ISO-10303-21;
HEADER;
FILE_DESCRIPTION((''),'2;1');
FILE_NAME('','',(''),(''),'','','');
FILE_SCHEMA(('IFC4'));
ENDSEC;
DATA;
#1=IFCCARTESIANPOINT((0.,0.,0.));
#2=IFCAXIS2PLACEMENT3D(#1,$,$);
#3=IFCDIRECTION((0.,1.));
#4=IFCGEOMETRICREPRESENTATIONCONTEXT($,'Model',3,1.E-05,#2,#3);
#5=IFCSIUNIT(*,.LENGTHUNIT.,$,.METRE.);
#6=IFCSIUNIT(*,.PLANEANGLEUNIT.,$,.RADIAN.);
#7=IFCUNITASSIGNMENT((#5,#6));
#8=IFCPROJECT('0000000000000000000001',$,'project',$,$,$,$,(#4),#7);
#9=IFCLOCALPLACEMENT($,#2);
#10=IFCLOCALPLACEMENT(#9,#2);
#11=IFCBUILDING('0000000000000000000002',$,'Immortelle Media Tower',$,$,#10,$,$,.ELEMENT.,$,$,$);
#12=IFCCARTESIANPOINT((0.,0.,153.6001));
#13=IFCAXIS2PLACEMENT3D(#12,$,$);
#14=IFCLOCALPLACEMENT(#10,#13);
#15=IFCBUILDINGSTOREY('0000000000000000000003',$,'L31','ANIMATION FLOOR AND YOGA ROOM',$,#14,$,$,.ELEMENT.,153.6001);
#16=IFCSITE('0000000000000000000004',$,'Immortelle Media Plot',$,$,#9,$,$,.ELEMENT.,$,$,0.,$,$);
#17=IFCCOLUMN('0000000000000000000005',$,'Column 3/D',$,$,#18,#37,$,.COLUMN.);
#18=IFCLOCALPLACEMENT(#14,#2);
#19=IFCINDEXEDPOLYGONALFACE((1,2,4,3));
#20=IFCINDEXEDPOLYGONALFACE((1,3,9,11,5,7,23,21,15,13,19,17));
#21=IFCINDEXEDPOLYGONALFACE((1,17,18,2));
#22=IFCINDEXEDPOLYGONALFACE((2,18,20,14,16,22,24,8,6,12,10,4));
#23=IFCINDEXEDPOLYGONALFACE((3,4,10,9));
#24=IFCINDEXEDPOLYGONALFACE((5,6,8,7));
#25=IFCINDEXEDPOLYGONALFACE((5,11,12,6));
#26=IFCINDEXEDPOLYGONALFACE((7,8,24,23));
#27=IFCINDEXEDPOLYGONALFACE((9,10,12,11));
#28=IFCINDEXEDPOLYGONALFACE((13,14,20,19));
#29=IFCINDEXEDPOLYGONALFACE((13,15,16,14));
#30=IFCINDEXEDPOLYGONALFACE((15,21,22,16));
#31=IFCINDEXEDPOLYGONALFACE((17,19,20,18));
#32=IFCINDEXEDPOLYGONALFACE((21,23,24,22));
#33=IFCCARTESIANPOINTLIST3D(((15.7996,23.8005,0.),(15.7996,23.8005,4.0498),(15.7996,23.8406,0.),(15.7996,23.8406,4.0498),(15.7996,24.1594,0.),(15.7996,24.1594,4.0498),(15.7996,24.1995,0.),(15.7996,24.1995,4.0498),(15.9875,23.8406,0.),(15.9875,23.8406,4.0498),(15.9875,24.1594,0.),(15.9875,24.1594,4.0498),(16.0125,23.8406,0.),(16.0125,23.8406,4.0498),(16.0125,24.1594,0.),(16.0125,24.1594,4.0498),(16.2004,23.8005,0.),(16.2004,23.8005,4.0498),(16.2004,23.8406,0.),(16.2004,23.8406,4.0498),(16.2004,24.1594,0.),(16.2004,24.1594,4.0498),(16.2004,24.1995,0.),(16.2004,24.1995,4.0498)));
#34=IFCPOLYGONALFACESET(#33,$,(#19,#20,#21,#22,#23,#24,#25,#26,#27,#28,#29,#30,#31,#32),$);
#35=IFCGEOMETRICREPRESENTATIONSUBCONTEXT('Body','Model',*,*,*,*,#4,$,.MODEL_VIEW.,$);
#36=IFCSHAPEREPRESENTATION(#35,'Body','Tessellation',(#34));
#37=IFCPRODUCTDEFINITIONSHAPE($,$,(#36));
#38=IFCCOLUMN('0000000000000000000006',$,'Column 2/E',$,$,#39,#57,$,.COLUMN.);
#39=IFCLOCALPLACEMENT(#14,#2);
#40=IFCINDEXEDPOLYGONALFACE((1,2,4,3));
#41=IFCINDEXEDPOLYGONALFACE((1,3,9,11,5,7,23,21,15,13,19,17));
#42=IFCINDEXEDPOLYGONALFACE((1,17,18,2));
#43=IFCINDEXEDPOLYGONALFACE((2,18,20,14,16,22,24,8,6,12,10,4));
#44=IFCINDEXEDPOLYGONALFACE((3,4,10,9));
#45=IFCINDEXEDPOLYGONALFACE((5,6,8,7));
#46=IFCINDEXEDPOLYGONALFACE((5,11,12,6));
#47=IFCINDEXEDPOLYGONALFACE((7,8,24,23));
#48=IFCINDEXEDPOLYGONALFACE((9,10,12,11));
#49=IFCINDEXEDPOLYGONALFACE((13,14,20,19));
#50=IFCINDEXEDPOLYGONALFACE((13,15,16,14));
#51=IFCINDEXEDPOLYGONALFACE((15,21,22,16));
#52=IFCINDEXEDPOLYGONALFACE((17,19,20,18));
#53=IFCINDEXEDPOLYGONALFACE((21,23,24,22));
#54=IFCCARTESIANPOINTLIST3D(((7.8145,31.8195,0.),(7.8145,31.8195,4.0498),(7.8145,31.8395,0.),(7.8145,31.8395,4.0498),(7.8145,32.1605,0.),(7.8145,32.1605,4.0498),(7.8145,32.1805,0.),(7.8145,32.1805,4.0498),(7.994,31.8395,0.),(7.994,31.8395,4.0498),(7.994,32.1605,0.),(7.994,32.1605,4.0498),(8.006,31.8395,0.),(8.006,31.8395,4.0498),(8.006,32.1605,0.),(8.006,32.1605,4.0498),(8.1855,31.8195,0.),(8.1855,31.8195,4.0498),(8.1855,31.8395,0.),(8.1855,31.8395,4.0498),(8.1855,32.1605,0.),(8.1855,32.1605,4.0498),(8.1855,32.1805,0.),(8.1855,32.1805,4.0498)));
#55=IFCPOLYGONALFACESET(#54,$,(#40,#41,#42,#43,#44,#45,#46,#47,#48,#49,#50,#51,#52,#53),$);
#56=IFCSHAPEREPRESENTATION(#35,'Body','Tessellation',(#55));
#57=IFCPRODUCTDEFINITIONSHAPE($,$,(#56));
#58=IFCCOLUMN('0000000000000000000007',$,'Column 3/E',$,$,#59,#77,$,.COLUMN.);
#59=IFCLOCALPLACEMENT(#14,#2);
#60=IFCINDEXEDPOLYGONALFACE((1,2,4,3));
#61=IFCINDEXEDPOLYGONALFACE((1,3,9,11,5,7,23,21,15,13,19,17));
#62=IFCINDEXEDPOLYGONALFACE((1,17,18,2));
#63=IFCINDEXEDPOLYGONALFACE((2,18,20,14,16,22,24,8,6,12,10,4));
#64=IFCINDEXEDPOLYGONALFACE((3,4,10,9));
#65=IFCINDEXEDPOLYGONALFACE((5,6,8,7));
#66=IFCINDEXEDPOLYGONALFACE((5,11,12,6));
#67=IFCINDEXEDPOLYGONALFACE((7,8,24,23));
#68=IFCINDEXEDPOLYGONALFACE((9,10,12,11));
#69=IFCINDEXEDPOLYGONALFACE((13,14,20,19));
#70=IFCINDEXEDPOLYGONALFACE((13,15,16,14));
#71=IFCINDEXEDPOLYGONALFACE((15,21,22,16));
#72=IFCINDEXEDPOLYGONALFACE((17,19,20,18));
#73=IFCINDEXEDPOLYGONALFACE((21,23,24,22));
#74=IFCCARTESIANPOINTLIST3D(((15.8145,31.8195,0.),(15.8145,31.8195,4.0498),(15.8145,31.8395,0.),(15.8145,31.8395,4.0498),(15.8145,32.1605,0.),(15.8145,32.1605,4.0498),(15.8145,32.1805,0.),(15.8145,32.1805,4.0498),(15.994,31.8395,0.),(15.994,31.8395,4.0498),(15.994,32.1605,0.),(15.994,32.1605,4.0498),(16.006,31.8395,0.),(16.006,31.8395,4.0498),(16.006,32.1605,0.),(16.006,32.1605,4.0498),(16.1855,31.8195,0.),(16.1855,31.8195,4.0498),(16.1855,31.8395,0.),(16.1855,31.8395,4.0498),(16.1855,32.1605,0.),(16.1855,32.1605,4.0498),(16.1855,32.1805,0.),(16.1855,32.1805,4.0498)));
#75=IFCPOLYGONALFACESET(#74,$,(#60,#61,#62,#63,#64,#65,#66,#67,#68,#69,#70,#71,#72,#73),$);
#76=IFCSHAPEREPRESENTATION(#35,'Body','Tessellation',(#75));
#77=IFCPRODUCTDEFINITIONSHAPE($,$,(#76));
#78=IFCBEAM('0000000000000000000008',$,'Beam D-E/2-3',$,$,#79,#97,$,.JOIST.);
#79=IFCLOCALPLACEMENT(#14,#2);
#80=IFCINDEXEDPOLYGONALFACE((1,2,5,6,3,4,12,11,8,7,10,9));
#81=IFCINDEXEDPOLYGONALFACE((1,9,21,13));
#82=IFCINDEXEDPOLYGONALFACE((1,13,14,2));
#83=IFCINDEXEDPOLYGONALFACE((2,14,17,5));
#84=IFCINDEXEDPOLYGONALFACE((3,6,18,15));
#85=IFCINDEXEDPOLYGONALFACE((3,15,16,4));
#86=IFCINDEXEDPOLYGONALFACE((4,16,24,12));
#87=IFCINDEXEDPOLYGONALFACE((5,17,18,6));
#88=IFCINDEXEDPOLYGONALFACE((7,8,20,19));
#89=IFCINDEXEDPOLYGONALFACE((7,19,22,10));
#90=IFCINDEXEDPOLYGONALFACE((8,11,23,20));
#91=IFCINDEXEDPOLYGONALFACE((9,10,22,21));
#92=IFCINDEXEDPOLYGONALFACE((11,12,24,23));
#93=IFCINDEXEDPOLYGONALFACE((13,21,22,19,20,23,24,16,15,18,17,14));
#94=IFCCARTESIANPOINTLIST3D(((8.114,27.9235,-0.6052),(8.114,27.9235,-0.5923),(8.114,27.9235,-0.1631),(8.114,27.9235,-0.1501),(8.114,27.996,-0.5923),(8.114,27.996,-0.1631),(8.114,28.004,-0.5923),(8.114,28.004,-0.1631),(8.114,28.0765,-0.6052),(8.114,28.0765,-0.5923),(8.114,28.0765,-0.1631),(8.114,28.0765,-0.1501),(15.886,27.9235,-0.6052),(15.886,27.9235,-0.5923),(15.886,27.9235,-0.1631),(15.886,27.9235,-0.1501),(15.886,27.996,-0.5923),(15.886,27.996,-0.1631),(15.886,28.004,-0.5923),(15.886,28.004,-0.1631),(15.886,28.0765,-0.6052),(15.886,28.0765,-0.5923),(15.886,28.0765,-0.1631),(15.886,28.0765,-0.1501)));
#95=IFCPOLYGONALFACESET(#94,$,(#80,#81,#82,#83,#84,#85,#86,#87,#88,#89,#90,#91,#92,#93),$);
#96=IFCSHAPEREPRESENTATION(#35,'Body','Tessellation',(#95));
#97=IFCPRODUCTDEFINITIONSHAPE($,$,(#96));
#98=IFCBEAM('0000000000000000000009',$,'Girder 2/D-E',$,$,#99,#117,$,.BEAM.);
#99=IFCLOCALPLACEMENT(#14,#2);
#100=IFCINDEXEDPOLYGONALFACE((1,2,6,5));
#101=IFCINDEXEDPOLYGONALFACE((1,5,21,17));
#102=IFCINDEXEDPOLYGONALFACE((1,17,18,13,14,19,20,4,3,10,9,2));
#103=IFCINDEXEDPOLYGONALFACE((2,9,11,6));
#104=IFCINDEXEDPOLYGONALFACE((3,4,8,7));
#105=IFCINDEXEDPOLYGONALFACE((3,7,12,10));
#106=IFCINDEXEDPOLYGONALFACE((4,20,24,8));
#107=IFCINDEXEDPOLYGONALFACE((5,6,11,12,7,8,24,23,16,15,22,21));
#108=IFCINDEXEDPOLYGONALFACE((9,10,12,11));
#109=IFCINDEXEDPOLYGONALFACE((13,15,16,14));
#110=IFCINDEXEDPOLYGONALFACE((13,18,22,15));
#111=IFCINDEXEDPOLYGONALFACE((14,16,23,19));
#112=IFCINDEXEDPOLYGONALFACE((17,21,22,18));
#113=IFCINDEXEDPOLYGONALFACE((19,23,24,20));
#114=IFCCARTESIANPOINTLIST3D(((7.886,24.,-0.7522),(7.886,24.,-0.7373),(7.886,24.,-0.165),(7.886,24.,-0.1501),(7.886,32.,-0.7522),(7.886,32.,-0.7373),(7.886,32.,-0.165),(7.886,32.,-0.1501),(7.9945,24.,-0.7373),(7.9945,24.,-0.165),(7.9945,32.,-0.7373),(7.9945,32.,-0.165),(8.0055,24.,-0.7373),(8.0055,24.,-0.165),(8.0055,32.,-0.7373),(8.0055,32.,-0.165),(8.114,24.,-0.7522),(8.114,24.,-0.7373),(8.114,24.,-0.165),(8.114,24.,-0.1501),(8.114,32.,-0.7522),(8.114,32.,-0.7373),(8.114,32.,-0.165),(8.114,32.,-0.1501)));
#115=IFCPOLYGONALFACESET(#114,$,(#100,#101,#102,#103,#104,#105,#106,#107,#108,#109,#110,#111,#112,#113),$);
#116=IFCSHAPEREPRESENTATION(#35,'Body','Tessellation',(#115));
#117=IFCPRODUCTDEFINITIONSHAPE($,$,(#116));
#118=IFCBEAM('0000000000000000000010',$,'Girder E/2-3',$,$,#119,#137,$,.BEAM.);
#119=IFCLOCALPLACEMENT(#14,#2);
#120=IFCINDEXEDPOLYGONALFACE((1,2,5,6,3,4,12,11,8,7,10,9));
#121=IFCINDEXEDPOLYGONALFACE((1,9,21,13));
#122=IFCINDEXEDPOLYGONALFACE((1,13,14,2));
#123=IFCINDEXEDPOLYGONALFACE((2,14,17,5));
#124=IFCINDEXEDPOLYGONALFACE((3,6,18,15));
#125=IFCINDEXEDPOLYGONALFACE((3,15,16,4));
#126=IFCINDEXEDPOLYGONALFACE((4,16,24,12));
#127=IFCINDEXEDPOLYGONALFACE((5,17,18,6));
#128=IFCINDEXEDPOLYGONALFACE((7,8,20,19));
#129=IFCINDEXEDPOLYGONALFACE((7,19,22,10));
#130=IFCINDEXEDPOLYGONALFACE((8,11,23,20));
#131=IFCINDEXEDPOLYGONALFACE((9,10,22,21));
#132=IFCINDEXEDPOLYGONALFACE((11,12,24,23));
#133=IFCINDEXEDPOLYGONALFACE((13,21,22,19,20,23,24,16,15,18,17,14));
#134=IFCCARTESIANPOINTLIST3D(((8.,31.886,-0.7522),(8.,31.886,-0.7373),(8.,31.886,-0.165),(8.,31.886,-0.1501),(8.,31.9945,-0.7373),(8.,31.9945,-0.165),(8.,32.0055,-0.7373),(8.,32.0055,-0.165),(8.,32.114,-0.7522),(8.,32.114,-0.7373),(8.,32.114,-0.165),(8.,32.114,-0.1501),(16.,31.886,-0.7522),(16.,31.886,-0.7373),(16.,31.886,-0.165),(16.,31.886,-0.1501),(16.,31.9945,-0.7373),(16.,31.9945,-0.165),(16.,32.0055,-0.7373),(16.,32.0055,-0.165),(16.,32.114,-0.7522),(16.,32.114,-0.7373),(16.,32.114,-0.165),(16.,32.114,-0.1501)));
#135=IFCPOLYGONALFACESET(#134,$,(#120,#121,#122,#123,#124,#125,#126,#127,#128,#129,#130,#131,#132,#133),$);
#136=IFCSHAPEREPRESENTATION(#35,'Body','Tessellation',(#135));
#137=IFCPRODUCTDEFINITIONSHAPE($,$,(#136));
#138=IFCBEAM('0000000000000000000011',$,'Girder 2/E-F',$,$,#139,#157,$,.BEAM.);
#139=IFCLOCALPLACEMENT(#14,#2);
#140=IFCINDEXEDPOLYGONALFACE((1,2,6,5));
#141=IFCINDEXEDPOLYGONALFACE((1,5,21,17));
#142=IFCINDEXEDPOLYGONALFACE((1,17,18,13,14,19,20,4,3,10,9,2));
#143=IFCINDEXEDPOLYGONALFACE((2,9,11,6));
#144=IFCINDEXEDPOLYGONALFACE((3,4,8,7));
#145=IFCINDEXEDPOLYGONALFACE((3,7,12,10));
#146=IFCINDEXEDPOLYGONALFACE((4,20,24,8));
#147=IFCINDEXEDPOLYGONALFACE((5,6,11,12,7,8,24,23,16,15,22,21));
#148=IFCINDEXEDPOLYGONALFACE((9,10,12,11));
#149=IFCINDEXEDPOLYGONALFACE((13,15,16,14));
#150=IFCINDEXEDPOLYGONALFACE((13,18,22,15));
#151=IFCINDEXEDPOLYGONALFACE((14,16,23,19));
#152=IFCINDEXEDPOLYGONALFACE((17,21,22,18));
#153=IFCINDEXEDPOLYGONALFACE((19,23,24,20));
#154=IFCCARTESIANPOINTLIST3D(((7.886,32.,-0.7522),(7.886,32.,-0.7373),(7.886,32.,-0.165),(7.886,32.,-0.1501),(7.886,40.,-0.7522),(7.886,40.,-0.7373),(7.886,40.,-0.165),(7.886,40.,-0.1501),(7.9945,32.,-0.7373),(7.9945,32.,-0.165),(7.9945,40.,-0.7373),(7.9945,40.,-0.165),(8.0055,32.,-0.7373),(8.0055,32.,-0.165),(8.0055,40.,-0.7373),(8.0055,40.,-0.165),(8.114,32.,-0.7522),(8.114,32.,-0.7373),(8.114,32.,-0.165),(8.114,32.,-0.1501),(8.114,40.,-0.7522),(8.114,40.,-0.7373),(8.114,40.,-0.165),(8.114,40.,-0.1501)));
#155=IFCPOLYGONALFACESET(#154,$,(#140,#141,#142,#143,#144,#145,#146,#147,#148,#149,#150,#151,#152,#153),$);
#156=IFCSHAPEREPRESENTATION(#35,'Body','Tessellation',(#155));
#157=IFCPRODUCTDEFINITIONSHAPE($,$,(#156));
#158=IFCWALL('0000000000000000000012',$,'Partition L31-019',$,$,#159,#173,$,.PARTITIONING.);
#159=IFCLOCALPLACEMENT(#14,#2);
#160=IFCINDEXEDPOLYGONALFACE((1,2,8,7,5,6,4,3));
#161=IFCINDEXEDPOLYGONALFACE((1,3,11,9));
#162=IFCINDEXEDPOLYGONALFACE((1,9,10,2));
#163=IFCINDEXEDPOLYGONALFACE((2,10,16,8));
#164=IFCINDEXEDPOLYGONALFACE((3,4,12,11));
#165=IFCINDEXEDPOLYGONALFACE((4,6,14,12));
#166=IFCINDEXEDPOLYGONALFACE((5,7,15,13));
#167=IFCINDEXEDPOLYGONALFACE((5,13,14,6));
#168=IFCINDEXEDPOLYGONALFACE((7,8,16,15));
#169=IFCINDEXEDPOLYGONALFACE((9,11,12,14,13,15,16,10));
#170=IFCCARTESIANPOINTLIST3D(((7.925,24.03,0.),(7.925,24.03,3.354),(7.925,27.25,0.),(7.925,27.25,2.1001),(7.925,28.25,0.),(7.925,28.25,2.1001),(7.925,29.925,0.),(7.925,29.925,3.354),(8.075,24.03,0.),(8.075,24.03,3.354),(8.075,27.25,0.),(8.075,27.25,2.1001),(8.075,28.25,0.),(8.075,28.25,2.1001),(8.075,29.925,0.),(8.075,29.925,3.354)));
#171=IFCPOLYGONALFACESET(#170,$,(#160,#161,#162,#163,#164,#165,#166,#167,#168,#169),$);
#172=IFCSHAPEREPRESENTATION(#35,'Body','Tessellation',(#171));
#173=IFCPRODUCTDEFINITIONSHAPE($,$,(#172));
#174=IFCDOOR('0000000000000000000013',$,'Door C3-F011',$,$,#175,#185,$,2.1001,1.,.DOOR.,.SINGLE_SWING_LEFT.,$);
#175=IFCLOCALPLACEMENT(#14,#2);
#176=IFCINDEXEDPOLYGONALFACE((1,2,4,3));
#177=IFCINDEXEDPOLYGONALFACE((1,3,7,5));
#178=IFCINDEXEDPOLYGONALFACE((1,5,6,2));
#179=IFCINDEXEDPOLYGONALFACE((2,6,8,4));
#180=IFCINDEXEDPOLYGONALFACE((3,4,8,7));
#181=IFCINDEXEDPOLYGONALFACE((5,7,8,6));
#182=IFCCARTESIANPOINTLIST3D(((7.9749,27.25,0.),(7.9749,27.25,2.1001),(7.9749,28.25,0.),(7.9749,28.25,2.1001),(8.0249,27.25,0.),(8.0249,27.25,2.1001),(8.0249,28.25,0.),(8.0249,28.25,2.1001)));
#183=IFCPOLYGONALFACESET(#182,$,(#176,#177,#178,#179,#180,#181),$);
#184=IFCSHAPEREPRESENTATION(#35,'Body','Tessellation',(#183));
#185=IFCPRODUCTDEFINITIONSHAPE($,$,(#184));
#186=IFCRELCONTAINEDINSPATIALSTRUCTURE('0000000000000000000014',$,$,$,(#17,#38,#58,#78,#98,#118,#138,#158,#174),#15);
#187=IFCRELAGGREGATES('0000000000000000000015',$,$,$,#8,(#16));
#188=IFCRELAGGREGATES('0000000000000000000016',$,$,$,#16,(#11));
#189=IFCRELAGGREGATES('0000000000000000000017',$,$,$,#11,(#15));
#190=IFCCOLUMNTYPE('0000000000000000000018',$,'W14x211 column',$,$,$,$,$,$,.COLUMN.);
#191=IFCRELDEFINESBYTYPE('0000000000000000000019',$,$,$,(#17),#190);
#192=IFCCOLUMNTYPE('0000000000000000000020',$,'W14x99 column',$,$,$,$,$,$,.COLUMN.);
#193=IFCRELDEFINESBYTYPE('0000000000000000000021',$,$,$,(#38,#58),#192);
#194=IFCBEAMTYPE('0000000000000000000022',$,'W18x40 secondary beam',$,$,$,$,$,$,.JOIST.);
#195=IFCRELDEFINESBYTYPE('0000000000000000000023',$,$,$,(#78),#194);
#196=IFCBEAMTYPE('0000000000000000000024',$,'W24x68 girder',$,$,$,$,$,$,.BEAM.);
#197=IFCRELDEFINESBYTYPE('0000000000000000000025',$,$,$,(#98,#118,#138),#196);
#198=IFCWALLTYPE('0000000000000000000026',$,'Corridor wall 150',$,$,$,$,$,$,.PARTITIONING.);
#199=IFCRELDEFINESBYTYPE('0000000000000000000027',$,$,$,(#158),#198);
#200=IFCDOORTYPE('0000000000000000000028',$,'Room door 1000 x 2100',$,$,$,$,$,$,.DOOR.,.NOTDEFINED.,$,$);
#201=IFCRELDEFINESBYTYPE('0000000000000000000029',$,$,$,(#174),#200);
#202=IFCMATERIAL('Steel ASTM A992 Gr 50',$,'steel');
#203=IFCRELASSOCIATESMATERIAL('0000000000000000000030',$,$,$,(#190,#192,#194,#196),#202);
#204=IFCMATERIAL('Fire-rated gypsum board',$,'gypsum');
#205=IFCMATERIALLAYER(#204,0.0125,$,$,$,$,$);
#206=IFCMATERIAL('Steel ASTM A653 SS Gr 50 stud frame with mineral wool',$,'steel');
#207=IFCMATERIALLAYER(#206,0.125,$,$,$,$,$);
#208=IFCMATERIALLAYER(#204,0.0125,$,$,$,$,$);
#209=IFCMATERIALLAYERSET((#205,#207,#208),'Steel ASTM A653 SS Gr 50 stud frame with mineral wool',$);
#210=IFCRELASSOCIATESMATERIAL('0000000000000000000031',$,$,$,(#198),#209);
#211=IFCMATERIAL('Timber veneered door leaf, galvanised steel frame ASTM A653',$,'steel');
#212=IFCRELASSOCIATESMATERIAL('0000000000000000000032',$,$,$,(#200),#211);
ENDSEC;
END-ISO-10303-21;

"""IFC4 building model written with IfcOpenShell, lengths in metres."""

from ifc_helpers import new_model, si_unit, direction, frame, frame_2d, origin, origin_2d, place, context, subcontext, project, spatial, rectangle, i_section, extrude, material, layer, layer_set, material_profile, profile_set, type_object, element, fill, save


model = new_model("IFC4")

# Units and contexts
model_context = context("Model", 3, precision=1e-05, world=origin(), true_north=direction((0.0, 1.0)))
body_context = subcontext(model_context, "Body", "Model", "MODEL_VIEW")
ifc_project = project(units=[si_unit("LENGTHUNIT", "METRE"), si_unit("PLANEANGLEUNIT", "RADIAN")], contexts=[model_context])

# Site, building, storey
site_placement = place(None, origin())
site = spatial("IfcSite", under=ifc_project, at=site_placement, Name="Immortelle Media Plot", CompositionType="ELEMENT", RefElevation=0.0)
building_placement = place(site_placement, origin())
building = spatial("IfcBuilding", under=site, at=building_placement, Name="Immortelle Media Tower", CompositionType="ELEMENT")
storey_placement = place(building_placement, frame((0.0, 0.0, 153.6001)))
storey = spatial("IfcBuildingStorey", under=building, at=storey_placement, Name="L31", Description="ANIMATION FLOOR AND YOGA ROOM", CompositionType="ELEMENT", Elevation=153.6001)

# Columns
ifc_material_1 = material(Name="Steel ASTM A992 Gr 50", Category="steel")
ifc_material_profile_1 = material_profile(ifc_material_1, i_section(OverallWidth=0.4009, OverallDepth=0.3989, WebThickness=0.0249, FlangeThickness=0.04, at=origin_2d()), Name="W14x211")
ifc_profile_set_1 = profile_set([ifc_material_profile_1], Name="Steel ASTM A992 Gr 50")
column_type_1 = type_object("IfcColumnType", Name="W14x211 column", PredefinedType="COLUMN", material=ifc_profile_set_1)
column_placement = place(storey_placement, frame((16.0, 24.0, 0.0), z_axis=(0.0, 0.0, 1.0), x_axis=(1.0, 0.0, 0.0)))
element("IfcColumn", 1, at=column_placement, inside=storey, type_object=column_type_1, Name="Column 3/D", PredefinedType="COLUMN", context=body_context, shape_type="SweptSolid", body=[
    extrude(i_section(OverallWidth=0.4009, OverallDepth=0.3989, WebThickness=0.0249, FlangeThickness=0.04, at=origin_2d()), origin(), (0.0, 0.0, 1.0), 4.0498),
])
ifc_material_profile_2 = material_profile(ifc_material_1, i_section(OverallWidth=0.3711, OverallDepth=0.3611, WebThickness=0.012, FlangeThickness=0.02, at=origin_2d()), Name="W14x99")
ifc_profile_set_2 = profile_set([ifc_material_profile_2], Name="Steel ASTM A992 Gr 50")
column_type_2 = type_object("IfcColumnType", Name="W14x99 column", PredefinedType="COLUMN", material=ifc_profile_set_2)
for number, where, z_axis, x_axis, name in (
    (2, (8.0, 32.0, 0.0), (0.0, 0.0, 1.0), (1.0, 0.0, 0.0), "Column 2/E"),
    (3, (16.0, 32.0, 0.0), (0.0, 0.0, 1.0), (1.0, 0.0, 0.0), "Column 3/E"),
):
    element("IfcColumn", number, at=place(storey_placement, frame(where, z_axis=z_axis, x_axis=x_axis)), inside=storey, type_object=column_type_2, Name=name, PredefinedType="COLUMN", context=body_context, shape_type="SweptSolid", body=[
        extrude(i_section(OverallWidth=0.3711, OverallDepth=0.3611, WebThickness=0.012, FlangeThickness=0.02, at=origin_2d()), origin(), (0.0, 0.0, 1.0), 4.0498),
    ])

# Beams
ifc_material_profile_3 = material_profile(ifc_material_1, i_section(OverallWidth=0.1531, OverallDepth=0.4551, WebThickness=0.0081, FlangeThickness=0.0129, at=origin_2d()), Name="W18x40")
ifc_profile_set_3 = profile_set([ifc_material_profile_3], Name="Steel ASTM A992 Gr 50")
beam_type_1 = type_object("IfcBeamType", Name="W18x40 secondary beam", PredefinedType="JOIST", material=ifc_profile_set_3)
beam_placement = place(storey_placement, frame((8.114, 28.0, -0.3777), z_axis=(1.0, 0.0, 0.0), x_axis=(0.0, 1.0, 0.0)))
element("IfcBeam", 4, at=beam_placement, inside=storey, type_object=beam_type_1, Name="Beam D-E/2-3", PredefinedType="JOIST", context=body_context, shape_type="SweptSolid", body=[
    extrude(i_section(OverallWidth=0.1531, OverallDepth=0.4551, WebThickness=0.0081, FlangeThickness=0.0129, at=origin_2d()), origin(), (0.0, 0.0, 1.0), 7.772),
])
ifc_material_profile_4 = material_profile(ifc_material_1, i_section(OverallWidth=0.228, OverallDepth=0.6021, WebThickness=0.011, FlangeThickness=0.0149, at=origin_2d()), Name="W24x68")
ifc_profile_set_4 = profile_set([ifc_material_profile_4], Name="Steel ASTM A992 Gr 50")
beam_type_2 = type_object("IfcBeamType", Name="W24x68 girder", PredefinedType="BEAM", material=ifc_profile_set_4)
for number, where, z_axis, x_axis, name in (
    (5, (8.0, 24.0, -0.4512), (0.0, 1.0, 0.0), (-1.0, 0.0, 0.0), "Girder 2/D-E"),
    (6, (8.0, 32.0, -0.4512), (1.0, 0.0, 0.0), (0.0, 1.0, 0.0), "Girder E/2-3"),
    (7, (8.0, 32.0, -0.4512), (0.0, 1.0, 0.0), (-1.0, 0.0, 0.0), "Girder 2/E-F"),
):
    element("IfcBeam", number, at=place(storey_placement, frame(where, z_axis=z_axis, x_axis=x_axis)), inside=storey, type_object=beam_type_2, Name=name, PredefinedType="BEAM", context=body_context, shape_type="SweptSolid", body=[
        extrude(i_section(OverallWidth=0.228, OverallDepth=0.6021, WebThickness=0.011, FlangeThickness=0.0149, at=origin_2d()), origin(), (0.0, 0.0, 1.0), 8.0),
    ])

# Wall, opening, door
ifc_material_2 = material(Name="Fire-rated gypsum board", Category="gypsum")
ifc_layer_1 = layer(ifc_material_2, 0.0125)
ifc_material_3 = material(Name="Steel ASTM A653 SS Gr 50 stud frame with mineral wool", Category="steel")
ifc_layer_2 = layer(ifc_material_3, 0.125)
ifc_layer_3 = layer(ifc_material_2, 0.0125)
ifc_layer_set_1 = layer_set([ifc_layer_1, ifc_layer_2, ifc_layer_3], Name="Steel ASTM A653 SS Gr 50 stud frame with mineral wool")
wall_type_1 = type_object("IfcWallType", Name="Corridor wall 150", PredefinedType="PARTITIONING", material=ifc_layer_set_1)
wall_1_placement = place(storey_placement, frame((8.0, 24.03, 0.0), z_axis=(0.0, 0.0, 1.0), x_axis=(0.0, 1.0, 0.0)))
wall_1 = element("IfcWall", 8, at=wall_1_placement, inside=storey, type_object=wall_type_1, Name="Partition L31-019", PredefinedType="PARTITIONING", context=body_context, shape_type="SweptSolid", body=[
    extrude(rectangle(XDim=5.895, YDim=0.1499, at=frame_2d((2.9475, 0.0))), origin(), (0.0, 0.0, 1.0), 3.354),
])
opening_1_placement = place(wall_1_placement, frame((4.22, 0.0, 0.0), z_axis=(0.0, 0.0, 1.0), x_axis=(-1.0, 0.0, 0.0)))
opening_1 = element("IfcOpeningElement", 9, at=opening_1_placement, cuts=wall_1, PredefinedType="OPENING", context=body_context, shape_type="SweptSolid", body=[
    extrude(rectangle(XDim=1.0, YDim=2.1001, at=frame_2d((0.5, 1.05))), frame((0.0, 0.085, 0.0), z_axis=(0.0, -1.0, 0.0), x_axis=(1.0, 0.0, 0.0)), (0.0, 0.0, 1.0), 0.1699),
])
ifc_material_4 = material(Name="Timber veneered door leaf, galvanised steel frame ASTM A653", Category="steel")
door_type = type_object("IfcDoorType", Name="Room door 1000 x 2100", OperationType="NOTDEFINED", PredefinedType="DOOR", material=ifc_material_4)
door_1_placement = place(opening_1_placement, origin())
door_1 = element("IfcDoor", 10, at=door_1_placement, inside=storey, type_object=door_type, Name="Door C3-F011", OperationType="SINGLE_SWING_LEFT", OverallHeight=2.1001, OverallWidth=1.0, PredefinedType="DOOR", context=body_context, shape_type="SweptSolid", body=[
    extrude(rectangle(XDim=1.0, YDim=2.1001, at=frame_2d((0.5, 1.05))), frame((0.0, 0.0249, 0.0), z_axis=(0.0, -1.0, 0.0), x_axis=(1.0, 0.0, 0.0)), (0.0, 0.0, 1.0), 0.05),
])
fill(opening_1, door_1)

save(model, "model.ifc")
